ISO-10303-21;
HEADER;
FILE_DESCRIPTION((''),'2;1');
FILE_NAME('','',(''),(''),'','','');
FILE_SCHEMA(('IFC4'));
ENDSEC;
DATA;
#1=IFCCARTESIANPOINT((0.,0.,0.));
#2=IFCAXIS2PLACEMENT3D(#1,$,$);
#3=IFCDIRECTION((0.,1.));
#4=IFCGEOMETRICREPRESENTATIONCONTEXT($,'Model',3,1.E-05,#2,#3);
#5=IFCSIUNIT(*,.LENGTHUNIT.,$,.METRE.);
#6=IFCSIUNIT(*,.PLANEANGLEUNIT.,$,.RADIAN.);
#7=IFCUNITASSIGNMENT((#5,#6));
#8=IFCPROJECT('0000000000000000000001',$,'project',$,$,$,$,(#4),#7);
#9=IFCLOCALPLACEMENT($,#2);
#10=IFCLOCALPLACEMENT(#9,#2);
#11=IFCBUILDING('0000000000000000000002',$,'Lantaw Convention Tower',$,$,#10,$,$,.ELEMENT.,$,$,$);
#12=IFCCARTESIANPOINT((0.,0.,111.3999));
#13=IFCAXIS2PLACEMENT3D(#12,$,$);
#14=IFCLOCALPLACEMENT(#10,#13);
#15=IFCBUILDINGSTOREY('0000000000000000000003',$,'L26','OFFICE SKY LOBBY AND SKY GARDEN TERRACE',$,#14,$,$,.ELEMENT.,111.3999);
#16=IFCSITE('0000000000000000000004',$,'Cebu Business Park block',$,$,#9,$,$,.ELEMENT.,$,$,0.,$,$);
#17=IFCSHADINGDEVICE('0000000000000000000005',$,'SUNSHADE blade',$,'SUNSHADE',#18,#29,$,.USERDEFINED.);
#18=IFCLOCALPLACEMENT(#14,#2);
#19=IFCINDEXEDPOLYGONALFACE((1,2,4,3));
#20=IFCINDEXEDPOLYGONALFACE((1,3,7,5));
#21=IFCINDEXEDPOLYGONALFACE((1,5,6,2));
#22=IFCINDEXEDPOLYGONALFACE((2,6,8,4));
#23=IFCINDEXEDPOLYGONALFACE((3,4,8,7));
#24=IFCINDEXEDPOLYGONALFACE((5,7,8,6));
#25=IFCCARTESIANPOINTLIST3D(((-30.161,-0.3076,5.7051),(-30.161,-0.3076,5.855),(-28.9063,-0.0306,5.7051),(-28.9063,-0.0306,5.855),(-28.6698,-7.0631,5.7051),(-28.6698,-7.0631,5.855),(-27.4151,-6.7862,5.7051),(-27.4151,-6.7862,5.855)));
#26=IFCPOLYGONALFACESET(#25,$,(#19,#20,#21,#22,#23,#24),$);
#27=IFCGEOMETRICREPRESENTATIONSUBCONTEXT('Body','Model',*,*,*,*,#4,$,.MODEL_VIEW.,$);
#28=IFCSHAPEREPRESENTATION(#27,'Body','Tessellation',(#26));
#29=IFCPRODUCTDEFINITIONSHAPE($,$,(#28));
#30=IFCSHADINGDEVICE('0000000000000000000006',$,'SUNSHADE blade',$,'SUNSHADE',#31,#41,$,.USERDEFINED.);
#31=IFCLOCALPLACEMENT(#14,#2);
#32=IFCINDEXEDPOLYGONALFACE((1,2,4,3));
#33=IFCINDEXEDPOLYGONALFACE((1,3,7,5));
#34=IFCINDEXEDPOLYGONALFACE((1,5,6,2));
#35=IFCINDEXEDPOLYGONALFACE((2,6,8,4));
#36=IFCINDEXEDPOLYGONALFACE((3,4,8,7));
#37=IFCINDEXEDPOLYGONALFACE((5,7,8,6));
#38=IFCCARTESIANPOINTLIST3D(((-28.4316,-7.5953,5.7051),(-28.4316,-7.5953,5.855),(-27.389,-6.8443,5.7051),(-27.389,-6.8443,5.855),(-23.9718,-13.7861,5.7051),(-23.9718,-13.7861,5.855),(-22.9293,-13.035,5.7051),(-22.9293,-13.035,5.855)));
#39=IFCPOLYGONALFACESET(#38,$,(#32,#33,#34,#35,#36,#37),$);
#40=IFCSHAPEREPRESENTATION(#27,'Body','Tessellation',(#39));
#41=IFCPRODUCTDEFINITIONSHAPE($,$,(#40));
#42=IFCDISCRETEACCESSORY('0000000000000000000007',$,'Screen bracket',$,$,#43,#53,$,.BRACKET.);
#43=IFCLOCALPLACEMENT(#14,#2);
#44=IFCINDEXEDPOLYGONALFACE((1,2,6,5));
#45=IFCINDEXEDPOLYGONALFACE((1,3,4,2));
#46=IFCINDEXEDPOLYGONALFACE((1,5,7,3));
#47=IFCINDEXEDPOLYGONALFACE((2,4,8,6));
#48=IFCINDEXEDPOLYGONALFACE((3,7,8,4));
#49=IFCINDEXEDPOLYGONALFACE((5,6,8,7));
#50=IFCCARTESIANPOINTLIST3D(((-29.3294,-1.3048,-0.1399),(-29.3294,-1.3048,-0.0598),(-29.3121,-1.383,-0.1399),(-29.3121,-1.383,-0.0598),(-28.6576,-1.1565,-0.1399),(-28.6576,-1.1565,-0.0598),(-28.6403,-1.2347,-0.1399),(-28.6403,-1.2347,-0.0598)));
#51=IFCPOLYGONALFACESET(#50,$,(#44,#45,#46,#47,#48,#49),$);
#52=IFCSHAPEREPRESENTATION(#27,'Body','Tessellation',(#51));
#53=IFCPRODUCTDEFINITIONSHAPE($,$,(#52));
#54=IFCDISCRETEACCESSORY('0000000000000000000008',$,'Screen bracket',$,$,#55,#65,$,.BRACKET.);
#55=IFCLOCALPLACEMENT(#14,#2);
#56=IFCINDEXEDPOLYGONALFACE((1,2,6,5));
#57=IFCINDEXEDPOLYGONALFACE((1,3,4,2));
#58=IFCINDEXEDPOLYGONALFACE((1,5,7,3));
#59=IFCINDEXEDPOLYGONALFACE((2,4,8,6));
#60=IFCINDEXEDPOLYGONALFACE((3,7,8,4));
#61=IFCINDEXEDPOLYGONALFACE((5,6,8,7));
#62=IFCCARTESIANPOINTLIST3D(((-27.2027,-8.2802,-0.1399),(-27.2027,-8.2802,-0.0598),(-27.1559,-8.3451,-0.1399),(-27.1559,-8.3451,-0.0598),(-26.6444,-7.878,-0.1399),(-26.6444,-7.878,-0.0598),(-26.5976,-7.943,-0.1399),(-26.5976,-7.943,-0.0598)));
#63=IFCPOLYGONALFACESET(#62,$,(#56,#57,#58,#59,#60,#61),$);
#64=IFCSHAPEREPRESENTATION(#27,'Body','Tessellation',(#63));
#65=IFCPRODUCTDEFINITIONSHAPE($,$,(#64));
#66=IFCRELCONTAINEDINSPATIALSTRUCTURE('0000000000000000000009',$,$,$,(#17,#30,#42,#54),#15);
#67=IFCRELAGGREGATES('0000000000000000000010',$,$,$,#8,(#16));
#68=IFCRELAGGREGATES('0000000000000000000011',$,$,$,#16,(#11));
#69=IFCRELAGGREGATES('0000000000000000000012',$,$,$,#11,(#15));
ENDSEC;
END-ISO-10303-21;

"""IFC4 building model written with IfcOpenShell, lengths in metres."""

from ifc_helpers import new_model, si_unit, direction, frame, origin, origin_2d, place, context, subcontext, project, spatial, rectangle, extrude, element, save


model = new_model("IFC4")

# Units and contexts
model_context = context("Model", 3, precision=1e-05, world=origin(), true_north=direction((0.0, 1.0)))
body_context = subcontext(model_context, "Body", "Model", "MODEL_VIEW")
ifc_project = project(units=[si_unit("LENGTHUNIT", "METRE"), si_unit("PLANEANGLEUNIT", "RADIAN")], contexts=[model_context])

# Site, building, storey
site_placement = place(None, origin())
site = spatial("IfcSite", under=ifc_project, at=site_placement, Name="Cebu Business Park block", CompositionType="ELEMENT", RefElevation=0.0)
building_placement = place(site_placement, origin())
building = spatial("IfcBuilding", under=site, at=building_placement, Name="Lantaw Convention Tower", CompositionType="ELEMENT")
storey_placement = place(building_placement, frame((0.0, 0.0, 111.3999)))
storey = spatial("IfcBuildingStorey", under=building, at=storey_placement, Name="L26", Description="OFFICE SKY LOBBY AND SKY GARDEN TERRACE", CompositionType="ELEMENT", Elevation=111.3999)

# Shading devices
shading_device_1_placement = place(storey_placement, frame((-28.7881, -3.5469, 5.7051), z_axis=(0.0, 0.0, 1.0), x_axis=(0.215546, -0.976494, 0.0)))
element("IfcShadingDevice", 1, at=shading_device_1_placement, inside=storey, Name="SUNSHADE blade", ObjectType="SUNSHADE", PredefinedType="USERDEFINED", context=body_context, shape_type="SweptSolid", body=[
    extrude(rectangle(XDim=6.9182, YDim=1.2849, at=origin_2d()), origin(), (0.0, 0.0, 1.0), 0.1499),
])
shading_device_2_placement = place(storey_placement, frame((-25.6804, -10.3152, 5.7051), z_axis=(0.0, 0.0, 1.0), x_axis=(0.584513, -0.811385, 0.0)))
element("IfcShadingDevice", 2, at=shading_device_2_placement, inside=storey, Name="SUNSHADE blade", ObjectType="SUNSHADE", PredefinedType="USERDEFINED", context=body_context, shape_type="SweptSolid", body=[
    extrude(rectangle(XDim=7.6299, YDim=1.2849, at=origin_2d()), origin(), (0.0, 0.0, 1.0), 0.1499),
])

# Discrete accessories
for number, where, z_axis, x_axis, name in (
    (3, (-28.9849, -1.2698, -0.1399), (0.0, 0.0, 1.0), (0.215546, -0.976494, 0.0), "Screen bracket"),
    (4, (-26.9001, -8.1116, -0.1399), (0.0, 0.0, 1.0), (0.584513, -0.811385, 0.0), "Screen bracket"),
):
    element("IfcDiscreteAccessory", number, at=place(storey_placement, frame(where, z_axis=z_axis, x_axis=x_axis)), inside=storey, Name=name, PredefinedType="BRACKET", context=body_context, shape_type="SweptSolid", body=[
        extrude(rectangle(XDim=0.0801, YDim=0.688, at=origin_2d()), origin(), (0.0, 0.0, 1.0), 0.0801),
    ])

save(model, "model.ifc")
